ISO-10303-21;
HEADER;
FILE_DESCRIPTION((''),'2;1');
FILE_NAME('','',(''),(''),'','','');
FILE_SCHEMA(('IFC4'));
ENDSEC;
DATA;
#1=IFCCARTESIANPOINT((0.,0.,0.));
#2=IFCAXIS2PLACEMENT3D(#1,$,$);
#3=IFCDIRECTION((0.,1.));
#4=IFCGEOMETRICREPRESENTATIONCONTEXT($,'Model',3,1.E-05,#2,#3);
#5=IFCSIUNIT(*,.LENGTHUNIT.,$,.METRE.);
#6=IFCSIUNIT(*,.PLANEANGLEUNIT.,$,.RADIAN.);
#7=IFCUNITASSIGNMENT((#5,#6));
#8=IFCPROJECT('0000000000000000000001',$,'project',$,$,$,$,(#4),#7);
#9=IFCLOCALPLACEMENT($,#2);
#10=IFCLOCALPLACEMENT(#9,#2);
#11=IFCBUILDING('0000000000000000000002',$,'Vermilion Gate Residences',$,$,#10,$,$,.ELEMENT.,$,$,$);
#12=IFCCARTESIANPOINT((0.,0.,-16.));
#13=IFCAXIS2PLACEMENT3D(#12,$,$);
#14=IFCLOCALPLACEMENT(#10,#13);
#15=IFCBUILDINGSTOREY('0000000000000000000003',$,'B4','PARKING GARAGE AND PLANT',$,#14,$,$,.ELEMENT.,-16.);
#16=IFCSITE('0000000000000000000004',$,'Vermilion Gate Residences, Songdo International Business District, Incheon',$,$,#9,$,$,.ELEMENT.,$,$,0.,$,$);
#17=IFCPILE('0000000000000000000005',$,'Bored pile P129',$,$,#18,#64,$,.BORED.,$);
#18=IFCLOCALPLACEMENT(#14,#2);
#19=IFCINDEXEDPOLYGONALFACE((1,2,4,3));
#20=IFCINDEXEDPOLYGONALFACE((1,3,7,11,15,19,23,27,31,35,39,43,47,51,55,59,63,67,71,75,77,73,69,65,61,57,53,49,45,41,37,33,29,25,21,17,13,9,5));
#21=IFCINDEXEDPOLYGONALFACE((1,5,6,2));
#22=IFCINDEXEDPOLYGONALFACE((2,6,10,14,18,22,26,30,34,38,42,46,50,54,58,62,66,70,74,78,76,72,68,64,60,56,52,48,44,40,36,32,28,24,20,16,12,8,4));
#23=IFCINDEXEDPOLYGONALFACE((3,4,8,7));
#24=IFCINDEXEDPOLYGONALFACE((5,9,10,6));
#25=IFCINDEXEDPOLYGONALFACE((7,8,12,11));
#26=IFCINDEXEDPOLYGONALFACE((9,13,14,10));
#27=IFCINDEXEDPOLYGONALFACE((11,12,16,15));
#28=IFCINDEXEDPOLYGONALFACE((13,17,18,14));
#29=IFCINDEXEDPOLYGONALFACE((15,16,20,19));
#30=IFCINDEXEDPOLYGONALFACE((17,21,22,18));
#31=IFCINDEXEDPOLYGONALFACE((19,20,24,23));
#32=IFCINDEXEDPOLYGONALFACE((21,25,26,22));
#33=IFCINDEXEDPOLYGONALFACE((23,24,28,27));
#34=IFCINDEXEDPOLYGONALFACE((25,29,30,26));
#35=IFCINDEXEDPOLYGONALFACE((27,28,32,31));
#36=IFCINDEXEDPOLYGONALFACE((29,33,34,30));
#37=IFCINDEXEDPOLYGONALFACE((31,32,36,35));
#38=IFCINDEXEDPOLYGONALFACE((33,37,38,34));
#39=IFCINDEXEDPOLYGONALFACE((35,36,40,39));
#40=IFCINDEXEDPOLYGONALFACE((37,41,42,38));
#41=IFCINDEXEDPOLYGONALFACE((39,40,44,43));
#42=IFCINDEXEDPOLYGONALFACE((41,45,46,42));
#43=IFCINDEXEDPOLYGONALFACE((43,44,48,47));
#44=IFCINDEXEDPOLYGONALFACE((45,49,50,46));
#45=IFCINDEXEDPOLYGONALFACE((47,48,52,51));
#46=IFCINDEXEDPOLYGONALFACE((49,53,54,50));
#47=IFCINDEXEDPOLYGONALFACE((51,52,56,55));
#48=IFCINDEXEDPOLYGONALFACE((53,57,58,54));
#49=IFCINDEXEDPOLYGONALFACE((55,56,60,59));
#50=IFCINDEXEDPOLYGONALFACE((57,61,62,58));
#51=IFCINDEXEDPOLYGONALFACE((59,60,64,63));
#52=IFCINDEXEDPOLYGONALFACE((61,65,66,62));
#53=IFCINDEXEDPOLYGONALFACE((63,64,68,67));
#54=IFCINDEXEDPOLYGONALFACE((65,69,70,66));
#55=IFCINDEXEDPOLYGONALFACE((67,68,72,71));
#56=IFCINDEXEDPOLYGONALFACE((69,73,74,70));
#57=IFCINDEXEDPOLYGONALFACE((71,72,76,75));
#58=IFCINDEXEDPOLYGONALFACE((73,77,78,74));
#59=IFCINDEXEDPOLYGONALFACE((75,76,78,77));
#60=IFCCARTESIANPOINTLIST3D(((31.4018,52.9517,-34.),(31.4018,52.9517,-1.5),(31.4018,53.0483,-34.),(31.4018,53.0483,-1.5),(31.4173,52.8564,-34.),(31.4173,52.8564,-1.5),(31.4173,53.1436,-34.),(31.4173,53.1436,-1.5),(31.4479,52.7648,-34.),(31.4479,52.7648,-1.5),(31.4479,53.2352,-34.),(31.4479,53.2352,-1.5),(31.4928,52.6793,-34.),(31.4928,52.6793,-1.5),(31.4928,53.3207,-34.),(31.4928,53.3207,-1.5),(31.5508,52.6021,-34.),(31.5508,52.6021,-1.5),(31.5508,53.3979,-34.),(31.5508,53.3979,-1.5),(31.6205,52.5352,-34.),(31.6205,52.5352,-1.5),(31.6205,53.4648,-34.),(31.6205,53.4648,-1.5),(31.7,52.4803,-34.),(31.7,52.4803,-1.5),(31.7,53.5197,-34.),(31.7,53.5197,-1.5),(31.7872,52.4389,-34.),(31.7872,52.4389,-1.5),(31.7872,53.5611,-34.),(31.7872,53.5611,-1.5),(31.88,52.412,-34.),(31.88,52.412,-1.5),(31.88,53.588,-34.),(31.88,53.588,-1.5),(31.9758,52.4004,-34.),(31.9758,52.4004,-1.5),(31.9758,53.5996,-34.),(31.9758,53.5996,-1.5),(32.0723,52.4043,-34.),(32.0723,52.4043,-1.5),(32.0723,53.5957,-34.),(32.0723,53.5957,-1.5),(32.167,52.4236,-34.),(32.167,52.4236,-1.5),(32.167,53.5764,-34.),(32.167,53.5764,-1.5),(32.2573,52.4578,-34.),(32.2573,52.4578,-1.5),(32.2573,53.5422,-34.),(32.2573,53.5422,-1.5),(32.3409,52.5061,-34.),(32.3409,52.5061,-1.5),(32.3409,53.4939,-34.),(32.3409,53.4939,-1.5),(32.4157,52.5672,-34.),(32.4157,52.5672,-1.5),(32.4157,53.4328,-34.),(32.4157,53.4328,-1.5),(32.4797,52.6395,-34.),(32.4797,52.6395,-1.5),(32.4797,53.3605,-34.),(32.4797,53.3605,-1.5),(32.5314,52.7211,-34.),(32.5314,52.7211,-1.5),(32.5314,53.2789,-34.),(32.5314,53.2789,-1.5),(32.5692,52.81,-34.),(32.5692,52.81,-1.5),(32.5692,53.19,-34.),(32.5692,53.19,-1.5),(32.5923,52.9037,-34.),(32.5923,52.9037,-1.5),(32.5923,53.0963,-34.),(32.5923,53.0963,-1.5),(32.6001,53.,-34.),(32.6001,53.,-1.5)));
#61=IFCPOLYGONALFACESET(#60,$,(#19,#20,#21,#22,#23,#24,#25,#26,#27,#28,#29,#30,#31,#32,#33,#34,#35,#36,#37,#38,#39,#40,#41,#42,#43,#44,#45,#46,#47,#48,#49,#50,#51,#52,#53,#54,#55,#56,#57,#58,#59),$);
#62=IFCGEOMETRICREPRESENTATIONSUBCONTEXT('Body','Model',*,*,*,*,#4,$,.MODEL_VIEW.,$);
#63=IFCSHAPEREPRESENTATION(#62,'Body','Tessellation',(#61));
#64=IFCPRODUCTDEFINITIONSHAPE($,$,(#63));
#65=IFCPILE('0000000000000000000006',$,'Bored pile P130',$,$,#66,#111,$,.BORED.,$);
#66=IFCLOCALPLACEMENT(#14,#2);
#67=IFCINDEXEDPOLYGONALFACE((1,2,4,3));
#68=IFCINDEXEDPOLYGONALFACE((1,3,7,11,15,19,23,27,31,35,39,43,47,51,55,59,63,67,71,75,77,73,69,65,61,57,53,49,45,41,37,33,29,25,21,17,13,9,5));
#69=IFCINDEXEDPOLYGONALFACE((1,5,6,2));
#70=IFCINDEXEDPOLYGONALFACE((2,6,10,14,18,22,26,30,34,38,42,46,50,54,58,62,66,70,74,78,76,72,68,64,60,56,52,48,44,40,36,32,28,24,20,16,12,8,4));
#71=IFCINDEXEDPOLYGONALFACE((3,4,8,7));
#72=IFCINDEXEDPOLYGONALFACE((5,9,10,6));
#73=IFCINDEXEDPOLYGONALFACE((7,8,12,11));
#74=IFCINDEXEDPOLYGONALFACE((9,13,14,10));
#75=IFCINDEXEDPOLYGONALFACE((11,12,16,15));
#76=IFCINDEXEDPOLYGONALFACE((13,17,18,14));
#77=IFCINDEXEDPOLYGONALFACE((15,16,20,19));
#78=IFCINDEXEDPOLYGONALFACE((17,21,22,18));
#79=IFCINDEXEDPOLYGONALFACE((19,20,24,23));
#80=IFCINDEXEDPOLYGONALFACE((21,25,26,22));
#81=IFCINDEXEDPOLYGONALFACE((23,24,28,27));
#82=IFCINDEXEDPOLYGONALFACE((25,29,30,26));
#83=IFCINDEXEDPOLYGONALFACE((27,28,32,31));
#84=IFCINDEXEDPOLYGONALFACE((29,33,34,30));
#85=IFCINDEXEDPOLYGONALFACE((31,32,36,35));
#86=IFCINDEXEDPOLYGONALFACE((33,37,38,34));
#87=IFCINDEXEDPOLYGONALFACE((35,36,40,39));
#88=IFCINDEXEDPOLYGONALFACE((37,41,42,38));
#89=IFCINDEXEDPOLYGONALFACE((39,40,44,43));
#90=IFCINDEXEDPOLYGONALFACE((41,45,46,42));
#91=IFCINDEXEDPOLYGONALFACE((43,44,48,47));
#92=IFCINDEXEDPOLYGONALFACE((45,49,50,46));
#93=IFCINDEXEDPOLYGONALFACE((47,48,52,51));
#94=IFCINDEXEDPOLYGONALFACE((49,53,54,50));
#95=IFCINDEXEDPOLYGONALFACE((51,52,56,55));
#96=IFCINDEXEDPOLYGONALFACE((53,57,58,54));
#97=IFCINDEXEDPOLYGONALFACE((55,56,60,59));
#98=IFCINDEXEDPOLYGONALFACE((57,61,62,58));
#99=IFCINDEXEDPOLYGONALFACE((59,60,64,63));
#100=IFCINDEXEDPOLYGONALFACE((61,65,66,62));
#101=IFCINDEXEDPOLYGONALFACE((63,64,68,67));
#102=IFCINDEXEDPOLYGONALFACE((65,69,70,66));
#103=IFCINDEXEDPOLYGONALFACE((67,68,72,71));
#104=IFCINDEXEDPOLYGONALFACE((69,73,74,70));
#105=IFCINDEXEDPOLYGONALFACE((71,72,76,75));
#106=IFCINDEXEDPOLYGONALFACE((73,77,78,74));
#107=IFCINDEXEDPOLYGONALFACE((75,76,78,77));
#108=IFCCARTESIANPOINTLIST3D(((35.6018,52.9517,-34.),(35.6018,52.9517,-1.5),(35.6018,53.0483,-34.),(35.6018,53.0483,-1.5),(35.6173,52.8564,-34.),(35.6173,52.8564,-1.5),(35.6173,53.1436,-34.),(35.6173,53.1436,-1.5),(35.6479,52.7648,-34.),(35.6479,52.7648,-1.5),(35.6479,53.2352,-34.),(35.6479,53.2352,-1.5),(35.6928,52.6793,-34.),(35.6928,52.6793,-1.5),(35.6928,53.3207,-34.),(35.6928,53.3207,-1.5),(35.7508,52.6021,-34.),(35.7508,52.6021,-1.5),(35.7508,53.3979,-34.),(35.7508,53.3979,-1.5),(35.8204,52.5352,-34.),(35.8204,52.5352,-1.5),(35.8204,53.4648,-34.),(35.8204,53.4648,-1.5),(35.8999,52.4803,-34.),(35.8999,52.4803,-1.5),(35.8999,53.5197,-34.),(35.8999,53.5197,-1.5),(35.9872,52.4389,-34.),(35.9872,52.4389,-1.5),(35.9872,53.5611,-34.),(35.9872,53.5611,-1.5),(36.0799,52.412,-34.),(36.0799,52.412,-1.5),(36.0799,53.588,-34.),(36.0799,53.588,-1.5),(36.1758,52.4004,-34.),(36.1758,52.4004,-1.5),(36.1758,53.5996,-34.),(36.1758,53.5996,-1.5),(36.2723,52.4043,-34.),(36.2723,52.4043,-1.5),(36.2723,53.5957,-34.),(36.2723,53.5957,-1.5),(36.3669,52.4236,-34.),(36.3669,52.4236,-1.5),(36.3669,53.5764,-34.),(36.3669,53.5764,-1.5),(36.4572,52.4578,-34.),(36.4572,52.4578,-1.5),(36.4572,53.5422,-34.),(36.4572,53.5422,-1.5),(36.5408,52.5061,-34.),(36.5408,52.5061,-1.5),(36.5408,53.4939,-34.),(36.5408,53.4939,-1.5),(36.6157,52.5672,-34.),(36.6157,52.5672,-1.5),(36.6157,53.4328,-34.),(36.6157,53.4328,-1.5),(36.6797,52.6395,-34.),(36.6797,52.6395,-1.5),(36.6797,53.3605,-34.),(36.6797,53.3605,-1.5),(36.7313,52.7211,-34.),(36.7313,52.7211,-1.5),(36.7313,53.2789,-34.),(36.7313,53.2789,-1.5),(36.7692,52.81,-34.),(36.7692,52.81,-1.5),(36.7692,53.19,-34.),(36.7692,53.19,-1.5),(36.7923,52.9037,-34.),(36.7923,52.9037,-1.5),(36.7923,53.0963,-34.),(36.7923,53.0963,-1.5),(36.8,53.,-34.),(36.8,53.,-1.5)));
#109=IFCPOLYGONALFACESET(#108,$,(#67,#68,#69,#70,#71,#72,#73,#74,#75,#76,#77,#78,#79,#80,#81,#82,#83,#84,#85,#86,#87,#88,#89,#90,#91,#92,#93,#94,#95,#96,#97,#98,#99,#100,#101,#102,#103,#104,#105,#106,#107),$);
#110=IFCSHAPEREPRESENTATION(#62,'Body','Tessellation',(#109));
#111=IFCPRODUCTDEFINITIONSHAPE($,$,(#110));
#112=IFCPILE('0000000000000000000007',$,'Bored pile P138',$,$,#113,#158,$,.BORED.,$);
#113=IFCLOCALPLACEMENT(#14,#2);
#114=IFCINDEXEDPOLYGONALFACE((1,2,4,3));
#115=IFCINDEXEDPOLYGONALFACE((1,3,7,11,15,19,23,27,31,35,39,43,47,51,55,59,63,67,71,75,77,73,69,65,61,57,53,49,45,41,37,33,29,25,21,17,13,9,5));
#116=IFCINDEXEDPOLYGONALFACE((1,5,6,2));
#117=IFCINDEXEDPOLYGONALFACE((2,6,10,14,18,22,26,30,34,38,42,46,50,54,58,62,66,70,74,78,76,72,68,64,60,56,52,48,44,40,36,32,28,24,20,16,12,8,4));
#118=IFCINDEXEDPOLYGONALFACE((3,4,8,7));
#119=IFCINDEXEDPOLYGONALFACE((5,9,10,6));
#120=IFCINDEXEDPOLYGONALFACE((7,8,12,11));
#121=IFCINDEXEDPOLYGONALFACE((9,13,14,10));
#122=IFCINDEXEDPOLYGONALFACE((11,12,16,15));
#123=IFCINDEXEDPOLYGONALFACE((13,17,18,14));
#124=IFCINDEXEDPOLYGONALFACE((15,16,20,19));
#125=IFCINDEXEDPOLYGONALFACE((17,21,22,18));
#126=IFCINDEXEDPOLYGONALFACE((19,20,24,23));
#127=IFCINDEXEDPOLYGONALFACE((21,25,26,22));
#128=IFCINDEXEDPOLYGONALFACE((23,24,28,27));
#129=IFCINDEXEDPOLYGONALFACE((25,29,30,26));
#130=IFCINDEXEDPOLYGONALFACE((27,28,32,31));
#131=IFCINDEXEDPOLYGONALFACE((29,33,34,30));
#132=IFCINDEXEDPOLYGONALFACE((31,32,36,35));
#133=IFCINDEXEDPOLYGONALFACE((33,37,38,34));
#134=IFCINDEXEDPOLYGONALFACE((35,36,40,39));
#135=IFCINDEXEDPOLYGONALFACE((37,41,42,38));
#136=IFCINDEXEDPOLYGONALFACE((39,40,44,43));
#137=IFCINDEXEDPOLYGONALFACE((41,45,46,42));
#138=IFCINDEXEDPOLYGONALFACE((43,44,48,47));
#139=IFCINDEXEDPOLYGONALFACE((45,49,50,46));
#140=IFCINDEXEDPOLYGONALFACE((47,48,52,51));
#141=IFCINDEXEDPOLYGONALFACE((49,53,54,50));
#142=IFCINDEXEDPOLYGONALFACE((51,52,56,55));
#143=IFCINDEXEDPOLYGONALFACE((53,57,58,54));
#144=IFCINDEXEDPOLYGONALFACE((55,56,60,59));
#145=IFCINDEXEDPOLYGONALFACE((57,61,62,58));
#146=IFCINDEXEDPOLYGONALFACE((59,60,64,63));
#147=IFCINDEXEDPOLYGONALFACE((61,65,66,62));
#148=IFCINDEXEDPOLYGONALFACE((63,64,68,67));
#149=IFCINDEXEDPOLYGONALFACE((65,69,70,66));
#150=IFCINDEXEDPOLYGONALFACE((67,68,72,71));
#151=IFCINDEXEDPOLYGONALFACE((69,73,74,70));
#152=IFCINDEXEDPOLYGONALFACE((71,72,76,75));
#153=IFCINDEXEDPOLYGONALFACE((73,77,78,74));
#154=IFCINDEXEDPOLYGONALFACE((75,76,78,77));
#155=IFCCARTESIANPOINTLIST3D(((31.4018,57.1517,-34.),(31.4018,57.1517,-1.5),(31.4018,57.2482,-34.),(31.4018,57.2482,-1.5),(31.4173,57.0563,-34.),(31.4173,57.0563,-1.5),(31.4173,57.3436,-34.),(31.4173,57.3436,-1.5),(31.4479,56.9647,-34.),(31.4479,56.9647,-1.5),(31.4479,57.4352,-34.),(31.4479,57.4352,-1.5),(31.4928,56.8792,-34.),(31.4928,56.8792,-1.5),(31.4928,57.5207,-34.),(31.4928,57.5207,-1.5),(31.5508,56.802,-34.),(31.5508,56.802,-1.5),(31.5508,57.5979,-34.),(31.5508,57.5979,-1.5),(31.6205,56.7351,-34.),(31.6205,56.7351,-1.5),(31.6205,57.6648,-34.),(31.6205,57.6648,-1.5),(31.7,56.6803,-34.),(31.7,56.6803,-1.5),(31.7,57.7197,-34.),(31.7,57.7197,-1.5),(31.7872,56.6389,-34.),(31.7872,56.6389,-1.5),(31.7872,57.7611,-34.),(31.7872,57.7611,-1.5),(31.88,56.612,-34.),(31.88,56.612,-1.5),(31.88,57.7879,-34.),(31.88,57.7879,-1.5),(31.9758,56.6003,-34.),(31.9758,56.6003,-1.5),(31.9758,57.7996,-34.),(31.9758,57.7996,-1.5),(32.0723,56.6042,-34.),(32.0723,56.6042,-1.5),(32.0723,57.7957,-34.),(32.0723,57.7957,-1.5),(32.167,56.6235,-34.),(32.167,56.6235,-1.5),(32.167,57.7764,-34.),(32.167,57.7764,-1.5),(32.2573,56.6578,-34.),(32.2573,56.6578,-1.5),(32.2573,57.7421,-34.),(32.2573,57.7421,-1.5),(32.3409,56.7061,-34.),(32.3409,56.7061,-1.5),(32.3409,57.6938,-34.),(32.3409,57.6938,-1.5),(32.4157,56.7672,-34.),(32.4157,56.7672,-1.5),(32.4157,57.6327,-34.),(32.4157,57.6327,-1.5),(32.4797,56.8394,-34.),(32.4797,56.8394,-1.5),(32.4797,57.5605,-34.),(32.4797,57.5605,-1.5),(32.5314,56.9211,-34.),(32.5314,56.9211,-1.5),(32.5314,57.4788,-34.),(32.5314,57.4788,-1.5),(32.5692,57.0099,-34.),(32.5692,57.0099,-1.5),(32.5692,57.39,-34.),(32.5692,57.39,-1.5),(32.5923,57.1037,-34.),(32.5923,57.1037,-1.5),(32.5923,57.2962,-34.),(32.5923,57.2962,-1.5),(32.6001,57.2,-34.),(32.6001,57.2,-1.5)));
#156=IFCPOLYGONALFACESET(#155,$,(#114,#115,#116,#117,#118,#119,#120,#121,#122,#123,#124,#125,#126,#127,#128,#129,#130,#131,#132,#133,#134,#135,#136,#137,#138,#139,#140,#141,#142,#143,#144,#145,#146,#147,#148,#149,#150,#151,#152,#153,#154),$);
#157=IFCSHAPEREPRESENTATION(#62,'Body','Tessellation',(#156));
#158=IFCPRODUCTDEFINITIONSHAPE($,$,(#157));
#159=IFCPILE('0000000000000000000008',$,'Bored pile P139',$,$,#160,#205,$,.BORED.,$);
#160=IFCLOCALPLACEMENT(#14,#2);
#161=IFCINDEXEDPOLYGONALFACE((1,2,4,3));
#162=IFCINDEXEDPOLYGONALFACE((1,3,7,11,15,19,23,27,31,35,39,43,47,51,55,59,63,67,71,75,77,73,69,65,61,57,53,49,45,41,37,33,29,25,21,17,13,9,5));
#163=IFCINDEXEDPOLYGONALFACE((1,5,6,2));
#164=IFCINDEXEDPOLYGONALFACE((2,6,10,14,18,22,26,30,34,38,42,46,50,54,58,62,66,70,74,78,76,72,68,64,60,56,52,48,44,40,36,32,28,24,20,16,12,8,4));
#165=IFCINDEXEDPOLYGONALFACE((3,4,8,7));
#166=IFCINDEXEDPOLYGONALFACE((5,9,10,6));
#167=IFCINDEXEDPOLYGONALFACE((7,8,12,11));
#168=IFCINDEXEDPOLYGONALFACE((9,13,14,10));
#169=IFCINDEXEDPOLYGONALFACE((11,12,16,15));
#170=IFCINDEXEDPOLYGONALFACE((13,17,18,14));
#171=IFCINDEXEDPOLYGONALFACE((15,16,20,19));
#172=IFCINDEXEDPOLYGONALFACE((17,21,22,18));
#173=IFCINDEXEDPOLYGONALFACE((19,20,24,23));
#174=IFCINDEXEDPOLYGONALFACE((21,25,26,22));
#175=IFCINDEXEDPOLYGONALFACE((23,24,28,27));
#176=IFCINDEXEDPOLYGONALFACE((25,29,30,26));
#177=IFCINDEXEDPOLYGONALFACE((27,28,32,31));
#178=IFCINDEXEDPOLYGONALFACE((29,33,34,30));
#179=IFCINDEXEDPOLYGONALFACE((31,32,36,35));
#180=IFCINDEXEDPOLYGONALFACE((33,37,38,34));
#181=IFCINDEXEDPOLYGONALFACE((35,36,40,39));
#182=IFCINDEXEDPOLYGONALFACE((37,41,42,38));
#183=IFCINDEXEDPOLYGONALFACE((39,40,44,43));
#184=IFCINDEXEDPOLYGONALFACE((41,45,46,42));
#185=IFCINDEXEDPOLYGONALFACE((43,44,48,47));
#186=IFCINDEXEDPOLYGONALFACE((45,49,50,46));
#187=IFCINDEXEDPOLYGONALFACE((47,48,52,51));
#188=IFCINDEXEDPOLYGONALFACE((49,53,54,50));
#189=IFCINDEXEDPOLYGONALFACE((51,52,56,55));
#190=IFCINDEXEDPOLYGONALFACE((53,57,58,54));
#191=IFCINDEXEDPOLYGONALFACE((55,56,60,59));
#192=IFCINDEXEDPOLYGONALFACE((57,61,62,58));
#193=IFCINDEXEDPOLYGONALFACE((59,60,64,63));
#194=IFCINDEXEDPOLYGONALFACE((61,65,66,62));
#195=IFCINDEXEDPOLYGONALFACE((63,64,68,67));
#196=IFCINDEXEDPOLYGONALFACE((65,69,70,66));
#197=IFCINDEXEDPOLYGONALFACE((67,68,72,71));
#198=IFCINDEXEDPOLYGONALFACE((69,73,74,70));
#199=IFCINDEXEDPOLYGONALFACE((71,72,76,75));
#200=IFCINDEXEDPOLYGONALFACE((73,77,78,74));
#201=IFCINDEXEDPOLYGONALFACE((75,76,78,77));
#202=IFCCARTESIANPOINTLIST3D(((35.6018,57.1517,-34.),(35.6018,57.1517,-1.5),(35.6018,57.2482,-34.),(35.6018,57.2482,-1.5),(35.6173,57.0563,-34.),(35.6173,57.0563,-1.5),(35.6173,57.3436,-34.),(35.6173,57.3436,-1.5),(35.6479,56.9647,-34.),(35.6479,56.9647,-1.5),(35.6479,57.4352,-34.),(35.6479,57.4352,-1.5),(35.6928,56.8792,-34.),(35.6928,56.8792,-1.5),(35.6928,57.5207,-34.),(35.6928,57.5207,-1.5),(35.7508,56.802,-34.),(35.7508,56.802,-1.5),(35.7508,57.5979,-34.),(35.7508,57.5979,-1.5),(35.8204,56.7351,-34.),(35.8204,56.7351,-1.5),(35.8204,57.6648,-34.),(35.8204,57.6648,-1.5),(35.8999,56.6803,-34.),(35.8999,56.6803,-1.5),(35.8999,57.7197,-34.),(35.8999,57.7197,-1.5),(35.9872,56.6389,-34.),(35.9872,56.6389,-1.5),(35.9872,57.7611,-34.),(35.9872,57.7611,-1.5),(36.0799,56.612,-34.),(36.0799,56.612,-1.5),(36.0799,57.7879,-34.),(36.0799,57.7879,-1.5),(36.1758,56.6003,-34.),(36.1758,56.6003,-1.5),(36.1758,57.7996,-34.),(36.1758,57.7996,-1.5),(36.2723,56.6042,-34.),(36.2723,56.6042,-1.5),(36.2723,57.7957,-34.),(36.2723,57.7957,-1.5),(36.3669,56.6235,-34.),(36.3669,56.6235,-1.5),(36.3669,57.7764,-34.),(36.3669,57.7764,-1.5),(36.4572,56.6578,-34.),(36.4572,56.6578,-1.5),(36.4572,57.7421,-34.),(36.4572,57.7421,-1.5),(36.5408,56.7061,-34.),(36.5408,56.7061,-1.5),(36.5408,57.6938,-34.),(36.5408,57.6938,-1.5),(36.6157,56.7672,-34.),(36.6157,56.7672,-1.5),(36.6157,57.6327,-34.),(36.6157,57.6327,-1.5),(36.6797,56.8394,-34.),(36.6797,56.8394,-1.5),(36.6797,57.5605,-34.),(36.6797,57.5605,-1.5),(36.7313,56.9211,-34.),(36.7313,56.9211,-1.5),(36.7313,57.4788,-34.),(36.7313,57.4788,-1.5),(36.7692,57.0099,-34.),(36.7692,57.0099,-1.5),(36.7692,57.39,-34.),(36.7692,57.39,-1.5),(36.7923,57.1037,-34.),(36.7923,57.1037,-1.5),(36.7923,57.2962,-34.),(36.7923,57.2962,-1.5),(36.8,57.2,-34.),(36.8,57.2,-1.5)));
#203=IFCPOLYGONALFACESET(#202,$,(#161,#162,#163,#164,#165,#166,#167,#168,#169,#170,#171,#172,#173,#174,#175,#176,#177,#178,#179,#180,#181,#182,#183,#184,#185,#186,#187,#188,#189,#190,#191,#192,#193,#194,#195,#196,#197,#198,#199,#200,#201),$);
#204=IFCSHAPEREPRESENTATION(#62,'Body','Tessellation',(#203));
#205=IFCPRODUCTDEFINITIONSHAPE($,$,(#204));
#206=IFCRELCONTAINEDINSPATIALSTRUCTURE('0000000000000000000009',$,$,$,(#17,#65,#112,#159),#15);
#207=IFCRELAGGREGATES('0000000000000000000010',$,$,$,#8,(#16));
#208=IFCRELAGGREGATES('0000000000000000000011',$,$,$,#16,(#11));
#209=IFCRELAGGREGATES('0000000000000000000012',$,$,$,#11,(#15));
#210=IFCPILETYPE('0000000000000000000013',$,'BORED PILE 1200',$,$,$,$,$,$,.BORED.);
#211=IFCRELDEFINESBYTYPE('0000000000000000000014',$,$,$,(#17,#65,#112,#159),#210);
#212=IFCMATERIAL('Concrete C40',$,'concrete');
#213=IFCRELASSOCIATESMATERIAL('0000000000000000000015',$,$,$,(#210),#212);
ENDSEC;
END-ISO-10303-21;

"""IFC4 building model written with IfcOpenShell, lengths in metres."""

from ifc_helpers import new_model, si_unit, direction, frame, origin, origin_2d, place, context, subcontext, project, spatial, circle, extrude, material, material_profile, profile_set, type_object, element, save


model = new_model("IFC4")

# Units and contexts
model_context = context("Model", 3, precision=1e-05, world=origin(), true_north=direction((0.0, 1.0)))
body_context = subcontext(model_context, "Body", "Model", "MODEL_VIEW")
ifc_project = project(units=[si_unit("LENGTHUNIT", "METRE"), si_unit("PLANEANGLEUNIT", "RADIAN")], contexts=[model_context])

# Site, building, storey
site_placement = place(None, origin())
site = spatial("IfcSite", under=ifc_project, at=site_placement, Name="Vermilion Gate Residences, Songdo International Business District, Incheon", CompositionType="ELEMENT", RefElevation=0.0)
building_placement = place(site_placement, origin())
building = spatial("IfcBuilding", under=site, at=building_placement, Name="Vermilion Gate Residences", CompositionType="ELEMENT")
storey_placement = place(building_placement, frame((0.0, 0.0, -16.0)))
storey = spatial("IfcBuildingStorey", under=building, at=storey_placement, Name="B4", Description="PARKING GARAGE AND PLANT", CompositionType="ELEMENT", Elevation=-16.0)

# Piles
ifc_material_1 = material(Name="Concrete C40", Category="concrete")
ifc_material_profile_1 = material_profile(ifc_material_1, circle(Radius=0.6001, at=origin_2d()), Name="BORED PILE 1200")
ifc_profile_set_1 = profile_set([ifc_material_profile_1], Name="Concrete C40")
pile_type_1 = type_object("IfcPileType", Name="BORED PILE 1200", PredefinedType="BORED", material=ifc_profile_set_1)
for number, where, z_axis, x_axis, name in (
    (1, (32.0, 53.0, -1.5), (0.0, 0.0, -1.0), (1.0, 0.0, 0.0), "Bored pile P129"),
    (2, (36.2, 53.0, -1.5), (0.0, 0.0, -1.0), (1.0, 0.0, 0.0), "Bored pile P130"),
    (3, (32.0, 57.2, -1.5), (0.0, 0.0, -1.0), (1.0, 0.0, 0.0), "Bored pile P138"),
    (4, (36.2, 57.2, -1.5), (0.0, 0.0, -1.0), (1.0, 0.0, 0.0), "Bored pile P139"),
):
    element("IfcPile", number, at=place(storey_placement, frame(where, z_axis=z_axis, x_axis=x_axis)), inside=storey, type_object=pile_type_1, Name=name, PredefinedType="BORED", context=body_context, shape_type="SweptSolid", body=[
        extrude(circle(Radius=0.6001, at=origin_2d()), origin(), (0.0, 0.0, 1.0), 32.5),
    ])

save(model, "model.ifc")
